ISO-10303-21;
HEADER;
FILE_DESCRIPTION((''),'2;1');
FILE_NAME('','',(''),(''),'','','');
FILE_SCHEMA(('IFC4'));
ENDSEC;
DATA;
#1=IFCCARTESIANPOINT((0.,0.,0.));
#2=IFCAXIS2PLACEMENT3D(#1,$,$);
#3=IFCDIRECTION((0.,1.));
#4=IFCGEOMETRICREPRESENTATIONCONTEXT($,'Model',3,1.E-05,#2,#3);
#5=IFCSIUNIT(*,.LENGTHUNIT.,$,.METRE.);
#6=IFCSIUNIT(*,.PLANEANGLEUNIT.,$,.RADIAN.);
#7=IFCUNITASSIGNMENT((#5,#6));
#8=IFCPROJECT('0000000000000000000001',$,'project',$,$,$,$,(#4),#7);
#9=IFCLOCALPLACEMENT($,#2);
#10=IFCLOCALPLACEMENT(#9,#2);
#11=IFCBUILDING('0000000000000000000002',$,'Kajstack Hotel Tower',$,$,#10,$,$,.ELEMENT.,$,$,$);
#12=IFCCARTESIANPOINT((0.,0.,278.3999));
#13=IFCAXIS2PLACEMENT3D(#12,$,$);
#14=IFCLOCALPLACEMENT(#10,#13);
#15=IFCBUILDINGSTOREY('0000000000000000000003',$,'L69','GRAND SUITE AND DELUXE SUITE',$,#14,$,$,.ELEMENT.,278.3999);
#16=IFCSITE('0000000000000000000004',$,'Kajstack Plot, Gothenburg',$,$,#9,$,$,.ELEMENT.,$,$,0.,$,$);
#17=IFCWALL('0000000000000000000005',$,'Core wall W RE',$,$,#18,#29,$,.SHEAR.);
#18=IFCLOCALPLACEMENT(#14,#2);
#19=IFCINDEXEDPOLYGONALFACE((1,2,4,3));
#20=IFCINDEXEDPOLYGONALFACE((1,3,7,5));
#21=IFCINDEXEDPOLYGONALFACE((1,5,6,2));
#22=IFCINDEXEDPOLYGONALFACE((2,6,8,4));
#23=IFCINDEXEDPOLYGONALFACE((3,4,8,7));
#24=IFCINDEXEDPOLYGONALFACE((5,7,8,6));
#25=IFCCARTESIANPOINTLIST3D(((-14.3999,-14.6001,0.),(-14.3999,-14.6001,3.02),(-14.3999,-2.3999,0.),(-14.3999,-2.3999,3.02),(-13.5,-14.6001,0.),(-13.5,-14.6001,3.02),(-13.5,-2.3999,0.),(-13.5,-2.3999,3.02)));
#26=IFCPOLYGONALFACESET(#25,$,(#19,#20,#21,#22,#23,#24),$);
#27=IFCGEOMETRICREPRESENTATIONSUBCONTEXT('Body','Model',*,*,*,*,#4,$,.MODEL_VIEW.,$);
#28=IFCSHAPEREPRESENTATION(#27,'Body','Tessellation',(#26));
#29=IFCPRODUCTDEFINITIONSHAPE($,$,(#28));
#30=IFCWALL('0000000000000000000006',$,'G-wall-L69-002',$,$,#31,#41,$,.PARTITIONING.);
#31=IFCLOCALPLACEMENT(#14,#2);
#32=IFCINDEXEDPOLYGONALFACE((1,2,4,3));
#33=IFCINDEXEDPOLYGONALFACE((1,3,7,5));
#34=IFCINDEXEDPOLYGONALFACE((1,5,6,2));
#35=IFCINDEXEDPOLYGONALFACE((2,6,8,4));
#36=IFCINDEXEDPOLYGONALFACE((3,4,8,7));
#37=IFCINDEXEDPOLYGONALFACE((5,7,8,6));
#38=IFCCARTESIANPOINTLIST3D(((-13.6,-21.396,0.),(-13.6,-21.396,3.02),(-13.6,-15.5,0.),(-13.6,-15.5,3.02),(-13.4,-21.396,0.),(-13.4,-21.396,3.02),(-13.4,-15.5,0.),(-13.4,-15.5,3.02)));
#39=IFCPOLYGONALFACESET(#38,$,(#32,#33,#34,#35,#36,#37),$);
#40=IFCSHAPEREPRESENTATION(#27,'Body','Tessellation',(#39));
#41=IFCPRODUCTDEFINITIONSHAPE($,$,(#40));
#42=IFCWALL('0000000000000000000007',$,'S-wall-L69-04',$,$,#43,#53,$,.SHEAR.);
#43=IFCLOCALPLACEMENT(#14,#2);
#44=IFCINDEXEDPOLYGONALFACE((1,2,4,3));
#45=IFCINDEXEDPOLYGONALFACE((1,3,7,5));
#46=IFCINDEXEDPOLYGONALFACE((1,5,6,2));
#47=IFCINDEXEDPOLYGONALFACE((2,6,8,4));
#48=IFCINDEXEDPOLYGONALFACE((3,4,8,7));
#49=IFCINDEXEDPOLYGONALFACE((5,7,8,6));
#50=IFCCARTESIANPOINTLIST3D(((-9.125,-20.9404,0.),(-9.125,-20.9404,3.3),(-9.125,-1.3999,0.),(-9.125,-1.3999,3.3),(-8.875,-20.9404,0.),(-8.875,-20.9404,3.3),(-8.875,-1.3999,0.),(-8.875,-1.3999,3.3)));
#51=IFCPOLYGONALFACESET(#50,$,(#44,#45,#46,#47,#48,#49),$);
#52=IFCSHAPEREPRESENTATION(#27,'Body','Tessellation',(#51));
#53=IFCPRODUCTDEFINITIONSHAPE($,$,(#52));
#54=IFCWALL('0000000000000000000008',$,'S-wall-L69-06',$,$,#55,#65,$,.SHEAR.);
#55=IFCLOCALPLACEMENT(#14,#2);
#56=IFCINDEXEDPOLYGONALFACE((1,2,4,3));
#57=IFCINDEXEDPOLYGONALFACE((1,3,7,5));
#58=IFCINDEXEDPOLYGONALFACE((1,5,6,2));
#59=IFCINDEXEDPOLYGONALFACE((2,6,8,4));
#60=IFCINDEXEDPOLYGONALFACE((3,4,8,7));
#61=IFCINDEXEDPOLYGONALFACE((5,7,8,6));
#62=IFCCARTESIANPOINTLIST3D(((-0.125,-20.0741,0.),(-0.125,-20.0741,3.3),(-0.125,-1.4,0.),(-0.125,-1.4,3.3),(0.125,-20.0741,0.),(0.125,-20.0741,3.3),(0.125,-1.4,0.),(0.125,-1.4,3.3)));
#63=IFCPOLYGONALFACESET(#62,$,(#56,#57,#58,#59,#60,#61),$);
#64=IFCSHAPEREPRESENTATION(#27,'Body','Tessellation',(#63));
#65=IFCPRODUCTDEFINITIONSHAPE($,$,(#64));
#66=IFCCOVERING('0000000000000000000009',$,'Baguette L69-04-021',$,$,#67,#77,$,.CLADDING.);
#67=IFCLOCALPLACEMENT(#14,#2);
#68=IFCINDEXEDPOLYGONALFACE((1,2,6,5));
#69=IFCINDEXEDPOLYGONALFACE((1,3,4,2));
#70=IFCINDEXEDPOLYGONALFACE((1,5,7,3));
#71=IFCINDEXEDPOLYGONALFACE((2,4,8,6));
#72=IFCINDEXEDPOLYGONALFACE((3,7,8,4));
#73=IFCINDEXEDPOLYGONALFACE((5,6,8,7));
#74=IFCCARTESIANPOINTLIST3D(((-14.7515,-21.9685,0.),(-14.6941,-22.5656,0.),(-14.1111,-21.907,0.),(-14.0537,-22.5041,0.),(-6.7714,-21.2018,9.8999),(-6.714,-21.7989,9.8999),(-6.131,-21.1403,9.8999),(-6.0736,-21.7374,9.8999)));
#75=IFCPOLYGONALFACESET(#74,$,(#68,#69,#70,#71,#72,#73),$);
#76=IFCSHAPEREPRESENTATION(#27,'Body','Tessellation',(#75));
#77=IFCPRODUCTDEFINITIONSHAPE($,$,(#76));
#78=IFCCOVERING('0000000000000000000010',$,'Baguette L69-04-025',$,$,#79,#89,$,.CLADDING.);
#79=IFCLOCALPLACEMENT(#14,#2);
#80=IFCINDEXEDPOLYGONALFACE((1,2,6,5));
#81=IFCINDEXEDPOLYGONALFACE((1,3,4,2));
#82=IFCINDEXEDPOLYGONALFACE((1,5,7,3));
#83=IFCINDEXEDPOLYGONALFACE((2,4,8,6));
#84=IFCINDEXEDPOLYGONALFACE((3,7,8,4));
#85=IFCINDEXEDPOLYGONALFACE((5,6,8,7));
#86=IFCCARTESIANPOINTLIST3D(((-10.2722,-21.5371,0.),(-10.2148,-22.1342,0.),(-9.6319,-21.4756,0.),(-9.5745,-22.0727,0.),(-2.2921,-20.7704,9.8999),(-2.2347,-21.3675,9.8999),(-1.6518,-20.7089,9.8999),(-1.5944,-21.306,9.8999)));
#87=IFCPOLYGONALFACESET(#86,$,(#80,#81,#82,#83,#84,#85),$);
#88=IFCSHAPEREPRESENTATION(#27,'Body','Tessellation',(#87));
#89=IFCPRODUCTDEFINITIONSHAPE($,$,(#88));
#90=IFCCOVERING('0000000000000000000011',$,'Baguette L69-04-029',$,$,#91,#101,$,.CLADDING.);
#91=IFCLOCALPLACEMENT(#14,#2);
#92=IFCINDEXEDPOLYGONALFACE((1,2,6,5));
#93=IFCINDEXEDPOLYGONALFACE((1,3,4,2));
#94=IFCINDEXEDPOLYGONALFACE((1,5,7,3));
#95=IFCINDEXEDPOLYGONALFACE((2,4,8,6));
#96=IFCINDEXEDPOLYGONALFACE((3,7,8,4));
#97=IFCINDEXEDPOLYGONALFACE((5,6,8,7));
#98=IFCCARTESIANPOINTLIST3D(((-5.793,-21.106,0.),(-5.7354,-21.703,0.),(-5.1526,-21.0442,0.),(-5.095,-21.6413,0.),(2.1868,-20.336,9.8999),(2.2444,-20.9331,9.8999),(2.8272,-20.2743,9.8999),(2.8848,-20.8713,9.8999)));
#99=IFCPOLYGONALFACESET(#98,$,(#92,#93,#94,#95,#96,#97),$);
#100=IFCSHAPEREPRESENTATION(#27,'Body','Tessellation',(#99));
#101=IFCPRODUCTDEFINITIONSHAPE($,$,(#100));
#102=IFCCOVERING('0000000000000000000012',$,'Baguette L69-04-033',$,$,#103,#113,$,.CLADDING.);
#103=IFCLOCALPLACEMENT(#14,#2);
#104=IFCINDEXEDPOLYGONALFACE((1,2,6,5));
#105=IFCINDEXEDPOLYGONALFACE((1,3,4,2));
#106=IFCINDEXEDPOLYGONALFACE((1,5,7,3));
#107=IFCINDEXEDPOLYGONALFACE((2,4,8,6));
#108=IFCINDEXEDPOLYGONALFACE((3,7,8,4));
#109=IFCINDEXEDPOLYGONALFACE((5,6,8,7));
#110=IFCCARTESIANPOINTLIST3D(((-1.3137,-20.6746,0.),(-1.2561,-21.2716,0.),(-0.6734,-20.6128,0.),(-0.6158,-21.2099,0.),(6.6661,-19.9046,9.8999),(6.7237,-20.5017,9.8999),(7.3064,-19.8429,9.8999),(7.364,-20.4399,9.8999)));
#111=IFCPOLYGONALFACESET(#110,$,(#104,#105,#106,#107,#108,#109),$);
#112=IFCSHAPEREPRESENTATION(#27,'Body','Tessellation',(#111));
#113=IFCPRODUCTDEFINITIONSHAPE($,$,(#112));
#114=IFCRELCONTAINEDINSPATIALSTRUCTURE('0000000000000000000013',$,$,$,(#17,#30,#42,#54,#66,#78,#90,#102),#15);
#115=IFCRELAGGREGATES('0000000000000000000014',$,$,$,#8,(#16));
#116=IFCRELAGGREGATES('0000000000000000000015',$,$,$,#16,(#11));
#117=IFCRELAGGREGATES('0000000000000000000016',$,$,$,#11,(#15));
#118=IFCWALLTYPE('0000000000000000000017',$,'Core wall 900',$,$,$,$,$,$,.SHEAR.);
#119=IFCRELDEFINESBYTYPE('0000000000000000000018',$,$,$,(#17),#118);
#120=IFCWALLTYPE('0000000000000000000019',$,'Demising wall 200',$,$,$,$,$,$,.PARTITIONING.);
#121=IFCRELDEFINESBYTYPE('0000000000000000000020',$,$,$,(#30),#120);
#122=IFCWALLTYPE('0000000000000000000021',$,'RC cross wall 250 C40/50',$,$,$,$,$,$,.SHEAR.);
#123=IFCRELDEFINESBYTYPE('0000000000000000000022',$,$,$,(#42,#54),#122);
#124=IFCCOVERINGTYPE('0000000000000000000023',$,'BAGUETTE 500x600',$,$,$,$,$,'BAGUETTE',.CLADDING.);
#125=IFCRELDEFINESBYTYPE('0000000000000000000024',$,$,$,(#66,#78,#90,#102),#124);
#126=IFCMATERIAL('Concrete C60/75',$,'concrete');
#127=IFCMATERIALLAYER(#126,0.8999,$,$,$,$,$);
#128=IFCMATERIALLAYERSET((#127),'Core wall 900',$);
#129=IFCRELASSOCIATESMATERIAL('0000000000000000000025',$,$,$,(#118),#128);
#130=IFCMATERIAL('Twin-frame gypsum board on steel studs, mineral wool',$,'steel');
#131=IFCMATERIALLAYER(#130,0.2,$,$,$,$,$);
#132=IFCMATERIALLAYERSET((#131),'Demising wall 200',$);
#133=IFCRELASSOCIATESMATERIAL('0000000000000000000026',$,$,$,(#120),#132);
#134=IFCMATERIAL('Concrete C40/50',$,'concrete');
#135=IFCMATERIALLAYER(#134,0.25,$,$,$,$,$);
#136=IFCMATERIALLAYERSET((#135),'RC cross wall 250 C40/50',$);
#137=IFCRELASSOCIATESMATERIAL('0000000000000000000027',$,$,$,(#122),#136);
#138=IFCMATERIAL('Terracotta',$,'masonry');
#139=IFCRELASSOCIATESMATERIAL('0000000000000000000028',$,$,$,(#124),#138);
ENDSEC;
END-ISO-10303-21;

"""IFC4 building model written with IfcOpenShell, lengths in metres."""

from ifc_helpers import new_model, si_unit, direction, frame, frame_2d, origin, origin_2d, place, context, subcontext, project, spatial, polyline, rectangle, outline, extrude, material, layer, layer_set, material_profile, profile_set, type_object, element, save


model = new_model("IFC4")

# Units and contexts
model_context = context("Model", 3, precision=1e-05, world=origin(), true_north=direction((0.0, 1.0)))
body_context = subcontext(model_context, "Body", "Model", "MODEL_VIEW")
ifc_project = project(units=[si_unit("LENGTHUNIT", "METRE"), si_unit("PLANEANGLEUNIT", "RADIAN")], contexts=[model_context])

# Site, building, storey
site_placement = place(None, origin())
site = spatial("IfcSite", under=ifc_project, at=site_placement, Name="Kajstack Plot, Gothenburg", CompositionType="ELEMENT", RefElevation=0.0)
building_placement = place(site_placement, origin())
building = spatial("IfcBuilding", under=site, at=building_placement, Name="Kajstack Hotel Tower", CompositionType="ELEMENT")
storey_placement = place(building_placement, frame((0.0, 0.0, 278.3999)))
storey = spatial("IfcBuildingStorey", under=building, at=storey_placement, Name="L69", Description="GRAND SUITE AND DELUXE SUITE", CompositionType="ELEMENT", Elevation=278.3999)

# Walls
ifc_material_1 = material(Name="Concrete C60/75", Category="concrete")
ifc_layer_1 = layer(ifc_material_1, 0.8999)
ifc_layer_set_1 = layer_set([ifc_layer_1], Name="Core wall 900")
wall_type_1 = type_object("IfcWallType", Name="Core wall 900", PredefinedType="SHEAR", material=ifc_layer_set_1)
wall_1_placement = place(storey_placement, frame((-13.95, -14.6001, 0.0), z_axis=(0.0, 0.0, 1.0), x_axis=(0.0, 1.0, 0.0)))
element("IfcWall", 1, at=wall_1_placement, inside=storey, type_object=wall_type_1, Name="Core wall W RE", PredefinedType="SHEAR", context=body_context, shape_type="SweptSolid", body=[
    extrude(rectangle(XDim=12.2002, YDim=0.8999, at=frame_2d((6.1001, 0.0))), origin(), (0.0, 0.0, 1.0), 3.02),
])
ifc_material_2 = material(Name="Twin-frame gypsum board on steel studs, mineral wool", Category="steel")
ifc_layer_2 = layer(ifc_material_2, 0.2)
ifc_layer_set_2 = layer_set([ifc_layer_2], Name="Demising wall 200")
wall_type_2 = type_object("IfcWallType", Name="Demising wall 200", PredefinedType="PARTITIONING", material=ifc_layer_set_2)
wall_2_placement = place(storey_placement, frame((-13.5, -21.396, 0.0), z_axis=(0.0, 0.0, 1.0), x_axis=(0.0, 1.0, 0.0)))
element("IfcWall", 2, at=wall_2_placement, inside=storey, type_object=wall_type_2, Name="G-wall-L69-002", PredefinedType="PARTITIONING", context=body_context, shape_type="SweptSolid", body=[
    extrude(rectangle(XDim=5.896, YDim=0.2, at=frame_2d((2.948, 0.0))), origin(), (0.0, 0.0, 1.0), 3.02),
])

# Walls
ifc_material_3 = material(Name="Concrete C40/50", Category="concrete")
ifc_layer_3 = layer(ifc_material_3, 0.25)
ifc_layer_set_3 = layer_set([ifc_layer_3], Name="RC cross wall 250 C40/50")
wall_type_3 = type_object("IfcWallType", Name="RC cross wall 250 C40/50", PredefinedType="SHEAR", material=ifc_layer_set_3)
wall_3_placement = place(storey_placement, frame((-9.0, -20.9404, 0.0), z_axis=(0.0, 0.0, 1.0), x_axis=(0.0, 1.0, 0.0)))
element("IfcWall", 3, at=wall_3_placement, inside=storey, type_object=wall_type_3, Name="S-wall-L69-04", PredefinedType="SHEAR", context=body_context, shape_type="SweptSolid", body=[
    extrude(rectangle(XDim=19.5405, YDim=0.25, at=frame_2d((9.7703, 0.0))), origin(), (0.0, 0.0, 1.0), 3.3),
])
wall_4_placement = place(storey_placement, frame((0.0, -20.074, 0.0), z_axis=(0.0, 0.0, 1.0), x_axis=(0.0, 1.0, 0.0)))
element("IfcWall", 4, at=wall_4_placement, inside=storey, type_object=wall_type_3, Name="S-wall-L69-06", PredefinedType="SHEAR", context=body_context, shape_type="SweptSolid", body=[
    extrude(rectangle(XDim=18.6741, YDim=0.25, at=frame_2d((9.3369, 0.0))), origin(), (0.0, 0.0, 1.0), 3.3),
])

# Coverings
ifc_material_4 = material(Name="Terracotta", Category="masonry")
ifc_material_profile = material_profile(ifc_material_4, rectangle(XDim=0.6001, YDim=0.5, at=origin_2d()), Name="Terracotta-clad concrete baguette 500 x 600")
ifc_profile_set = profile_set([ifc_material_profile], Name="Terracotta")
covering_type = type_object("IfcCoveringType", Name="BAGUETTE 500x600", ElementType="BAGUETTE", PredefinedType="CLADDING", material=ifc_profile_set)
for number, where, z_axis, x_axis, name in (
    (5, (-14.7515, -21.9685, 0.0), (0.095635, -0.995416, 0.0), (0.995416, 0.095635, 0.0), "Baguette L69-04-021"),
    (6, (-10.2722, -21.5371, 0.0), (0.095635, -0.995416, 0.0), (0.995416, 0.095635, 0.0), "Baguette L69-04-025"),
    (7, (-5.793, -21.106, 0.0), (0.096038, -0.995378, 0.0), (0.995378, 0.096038, 0.0), "Baguette L69-04-029"),
    (8, (-1.3137, -20.6746, 0.0), (0.096038, -0.995378, 0.0), (0.995378, 0.096038, 0.0), "Baguette L69-04-033"),
):
    element("IfcCovering", number, at=place(storey_placement, frame(where, z_axis=z_axis, x_axis=x_axis)), inside=storey, type_object=covering_type, Name=name, PredefinedType="CLADDING", context=body_context, shape_type="SweptSolid", body=[
        extrude(outline(polyline([(8.0168, 9.8999), (0.0, 0.0), (0.6433, 0.0), (8.6602, 9.8999), (8.0168, 9.8999)])), origin(), (0.0, 0.0, 1.0), 0.5999),
    ])

save(model, "model.ifc")
